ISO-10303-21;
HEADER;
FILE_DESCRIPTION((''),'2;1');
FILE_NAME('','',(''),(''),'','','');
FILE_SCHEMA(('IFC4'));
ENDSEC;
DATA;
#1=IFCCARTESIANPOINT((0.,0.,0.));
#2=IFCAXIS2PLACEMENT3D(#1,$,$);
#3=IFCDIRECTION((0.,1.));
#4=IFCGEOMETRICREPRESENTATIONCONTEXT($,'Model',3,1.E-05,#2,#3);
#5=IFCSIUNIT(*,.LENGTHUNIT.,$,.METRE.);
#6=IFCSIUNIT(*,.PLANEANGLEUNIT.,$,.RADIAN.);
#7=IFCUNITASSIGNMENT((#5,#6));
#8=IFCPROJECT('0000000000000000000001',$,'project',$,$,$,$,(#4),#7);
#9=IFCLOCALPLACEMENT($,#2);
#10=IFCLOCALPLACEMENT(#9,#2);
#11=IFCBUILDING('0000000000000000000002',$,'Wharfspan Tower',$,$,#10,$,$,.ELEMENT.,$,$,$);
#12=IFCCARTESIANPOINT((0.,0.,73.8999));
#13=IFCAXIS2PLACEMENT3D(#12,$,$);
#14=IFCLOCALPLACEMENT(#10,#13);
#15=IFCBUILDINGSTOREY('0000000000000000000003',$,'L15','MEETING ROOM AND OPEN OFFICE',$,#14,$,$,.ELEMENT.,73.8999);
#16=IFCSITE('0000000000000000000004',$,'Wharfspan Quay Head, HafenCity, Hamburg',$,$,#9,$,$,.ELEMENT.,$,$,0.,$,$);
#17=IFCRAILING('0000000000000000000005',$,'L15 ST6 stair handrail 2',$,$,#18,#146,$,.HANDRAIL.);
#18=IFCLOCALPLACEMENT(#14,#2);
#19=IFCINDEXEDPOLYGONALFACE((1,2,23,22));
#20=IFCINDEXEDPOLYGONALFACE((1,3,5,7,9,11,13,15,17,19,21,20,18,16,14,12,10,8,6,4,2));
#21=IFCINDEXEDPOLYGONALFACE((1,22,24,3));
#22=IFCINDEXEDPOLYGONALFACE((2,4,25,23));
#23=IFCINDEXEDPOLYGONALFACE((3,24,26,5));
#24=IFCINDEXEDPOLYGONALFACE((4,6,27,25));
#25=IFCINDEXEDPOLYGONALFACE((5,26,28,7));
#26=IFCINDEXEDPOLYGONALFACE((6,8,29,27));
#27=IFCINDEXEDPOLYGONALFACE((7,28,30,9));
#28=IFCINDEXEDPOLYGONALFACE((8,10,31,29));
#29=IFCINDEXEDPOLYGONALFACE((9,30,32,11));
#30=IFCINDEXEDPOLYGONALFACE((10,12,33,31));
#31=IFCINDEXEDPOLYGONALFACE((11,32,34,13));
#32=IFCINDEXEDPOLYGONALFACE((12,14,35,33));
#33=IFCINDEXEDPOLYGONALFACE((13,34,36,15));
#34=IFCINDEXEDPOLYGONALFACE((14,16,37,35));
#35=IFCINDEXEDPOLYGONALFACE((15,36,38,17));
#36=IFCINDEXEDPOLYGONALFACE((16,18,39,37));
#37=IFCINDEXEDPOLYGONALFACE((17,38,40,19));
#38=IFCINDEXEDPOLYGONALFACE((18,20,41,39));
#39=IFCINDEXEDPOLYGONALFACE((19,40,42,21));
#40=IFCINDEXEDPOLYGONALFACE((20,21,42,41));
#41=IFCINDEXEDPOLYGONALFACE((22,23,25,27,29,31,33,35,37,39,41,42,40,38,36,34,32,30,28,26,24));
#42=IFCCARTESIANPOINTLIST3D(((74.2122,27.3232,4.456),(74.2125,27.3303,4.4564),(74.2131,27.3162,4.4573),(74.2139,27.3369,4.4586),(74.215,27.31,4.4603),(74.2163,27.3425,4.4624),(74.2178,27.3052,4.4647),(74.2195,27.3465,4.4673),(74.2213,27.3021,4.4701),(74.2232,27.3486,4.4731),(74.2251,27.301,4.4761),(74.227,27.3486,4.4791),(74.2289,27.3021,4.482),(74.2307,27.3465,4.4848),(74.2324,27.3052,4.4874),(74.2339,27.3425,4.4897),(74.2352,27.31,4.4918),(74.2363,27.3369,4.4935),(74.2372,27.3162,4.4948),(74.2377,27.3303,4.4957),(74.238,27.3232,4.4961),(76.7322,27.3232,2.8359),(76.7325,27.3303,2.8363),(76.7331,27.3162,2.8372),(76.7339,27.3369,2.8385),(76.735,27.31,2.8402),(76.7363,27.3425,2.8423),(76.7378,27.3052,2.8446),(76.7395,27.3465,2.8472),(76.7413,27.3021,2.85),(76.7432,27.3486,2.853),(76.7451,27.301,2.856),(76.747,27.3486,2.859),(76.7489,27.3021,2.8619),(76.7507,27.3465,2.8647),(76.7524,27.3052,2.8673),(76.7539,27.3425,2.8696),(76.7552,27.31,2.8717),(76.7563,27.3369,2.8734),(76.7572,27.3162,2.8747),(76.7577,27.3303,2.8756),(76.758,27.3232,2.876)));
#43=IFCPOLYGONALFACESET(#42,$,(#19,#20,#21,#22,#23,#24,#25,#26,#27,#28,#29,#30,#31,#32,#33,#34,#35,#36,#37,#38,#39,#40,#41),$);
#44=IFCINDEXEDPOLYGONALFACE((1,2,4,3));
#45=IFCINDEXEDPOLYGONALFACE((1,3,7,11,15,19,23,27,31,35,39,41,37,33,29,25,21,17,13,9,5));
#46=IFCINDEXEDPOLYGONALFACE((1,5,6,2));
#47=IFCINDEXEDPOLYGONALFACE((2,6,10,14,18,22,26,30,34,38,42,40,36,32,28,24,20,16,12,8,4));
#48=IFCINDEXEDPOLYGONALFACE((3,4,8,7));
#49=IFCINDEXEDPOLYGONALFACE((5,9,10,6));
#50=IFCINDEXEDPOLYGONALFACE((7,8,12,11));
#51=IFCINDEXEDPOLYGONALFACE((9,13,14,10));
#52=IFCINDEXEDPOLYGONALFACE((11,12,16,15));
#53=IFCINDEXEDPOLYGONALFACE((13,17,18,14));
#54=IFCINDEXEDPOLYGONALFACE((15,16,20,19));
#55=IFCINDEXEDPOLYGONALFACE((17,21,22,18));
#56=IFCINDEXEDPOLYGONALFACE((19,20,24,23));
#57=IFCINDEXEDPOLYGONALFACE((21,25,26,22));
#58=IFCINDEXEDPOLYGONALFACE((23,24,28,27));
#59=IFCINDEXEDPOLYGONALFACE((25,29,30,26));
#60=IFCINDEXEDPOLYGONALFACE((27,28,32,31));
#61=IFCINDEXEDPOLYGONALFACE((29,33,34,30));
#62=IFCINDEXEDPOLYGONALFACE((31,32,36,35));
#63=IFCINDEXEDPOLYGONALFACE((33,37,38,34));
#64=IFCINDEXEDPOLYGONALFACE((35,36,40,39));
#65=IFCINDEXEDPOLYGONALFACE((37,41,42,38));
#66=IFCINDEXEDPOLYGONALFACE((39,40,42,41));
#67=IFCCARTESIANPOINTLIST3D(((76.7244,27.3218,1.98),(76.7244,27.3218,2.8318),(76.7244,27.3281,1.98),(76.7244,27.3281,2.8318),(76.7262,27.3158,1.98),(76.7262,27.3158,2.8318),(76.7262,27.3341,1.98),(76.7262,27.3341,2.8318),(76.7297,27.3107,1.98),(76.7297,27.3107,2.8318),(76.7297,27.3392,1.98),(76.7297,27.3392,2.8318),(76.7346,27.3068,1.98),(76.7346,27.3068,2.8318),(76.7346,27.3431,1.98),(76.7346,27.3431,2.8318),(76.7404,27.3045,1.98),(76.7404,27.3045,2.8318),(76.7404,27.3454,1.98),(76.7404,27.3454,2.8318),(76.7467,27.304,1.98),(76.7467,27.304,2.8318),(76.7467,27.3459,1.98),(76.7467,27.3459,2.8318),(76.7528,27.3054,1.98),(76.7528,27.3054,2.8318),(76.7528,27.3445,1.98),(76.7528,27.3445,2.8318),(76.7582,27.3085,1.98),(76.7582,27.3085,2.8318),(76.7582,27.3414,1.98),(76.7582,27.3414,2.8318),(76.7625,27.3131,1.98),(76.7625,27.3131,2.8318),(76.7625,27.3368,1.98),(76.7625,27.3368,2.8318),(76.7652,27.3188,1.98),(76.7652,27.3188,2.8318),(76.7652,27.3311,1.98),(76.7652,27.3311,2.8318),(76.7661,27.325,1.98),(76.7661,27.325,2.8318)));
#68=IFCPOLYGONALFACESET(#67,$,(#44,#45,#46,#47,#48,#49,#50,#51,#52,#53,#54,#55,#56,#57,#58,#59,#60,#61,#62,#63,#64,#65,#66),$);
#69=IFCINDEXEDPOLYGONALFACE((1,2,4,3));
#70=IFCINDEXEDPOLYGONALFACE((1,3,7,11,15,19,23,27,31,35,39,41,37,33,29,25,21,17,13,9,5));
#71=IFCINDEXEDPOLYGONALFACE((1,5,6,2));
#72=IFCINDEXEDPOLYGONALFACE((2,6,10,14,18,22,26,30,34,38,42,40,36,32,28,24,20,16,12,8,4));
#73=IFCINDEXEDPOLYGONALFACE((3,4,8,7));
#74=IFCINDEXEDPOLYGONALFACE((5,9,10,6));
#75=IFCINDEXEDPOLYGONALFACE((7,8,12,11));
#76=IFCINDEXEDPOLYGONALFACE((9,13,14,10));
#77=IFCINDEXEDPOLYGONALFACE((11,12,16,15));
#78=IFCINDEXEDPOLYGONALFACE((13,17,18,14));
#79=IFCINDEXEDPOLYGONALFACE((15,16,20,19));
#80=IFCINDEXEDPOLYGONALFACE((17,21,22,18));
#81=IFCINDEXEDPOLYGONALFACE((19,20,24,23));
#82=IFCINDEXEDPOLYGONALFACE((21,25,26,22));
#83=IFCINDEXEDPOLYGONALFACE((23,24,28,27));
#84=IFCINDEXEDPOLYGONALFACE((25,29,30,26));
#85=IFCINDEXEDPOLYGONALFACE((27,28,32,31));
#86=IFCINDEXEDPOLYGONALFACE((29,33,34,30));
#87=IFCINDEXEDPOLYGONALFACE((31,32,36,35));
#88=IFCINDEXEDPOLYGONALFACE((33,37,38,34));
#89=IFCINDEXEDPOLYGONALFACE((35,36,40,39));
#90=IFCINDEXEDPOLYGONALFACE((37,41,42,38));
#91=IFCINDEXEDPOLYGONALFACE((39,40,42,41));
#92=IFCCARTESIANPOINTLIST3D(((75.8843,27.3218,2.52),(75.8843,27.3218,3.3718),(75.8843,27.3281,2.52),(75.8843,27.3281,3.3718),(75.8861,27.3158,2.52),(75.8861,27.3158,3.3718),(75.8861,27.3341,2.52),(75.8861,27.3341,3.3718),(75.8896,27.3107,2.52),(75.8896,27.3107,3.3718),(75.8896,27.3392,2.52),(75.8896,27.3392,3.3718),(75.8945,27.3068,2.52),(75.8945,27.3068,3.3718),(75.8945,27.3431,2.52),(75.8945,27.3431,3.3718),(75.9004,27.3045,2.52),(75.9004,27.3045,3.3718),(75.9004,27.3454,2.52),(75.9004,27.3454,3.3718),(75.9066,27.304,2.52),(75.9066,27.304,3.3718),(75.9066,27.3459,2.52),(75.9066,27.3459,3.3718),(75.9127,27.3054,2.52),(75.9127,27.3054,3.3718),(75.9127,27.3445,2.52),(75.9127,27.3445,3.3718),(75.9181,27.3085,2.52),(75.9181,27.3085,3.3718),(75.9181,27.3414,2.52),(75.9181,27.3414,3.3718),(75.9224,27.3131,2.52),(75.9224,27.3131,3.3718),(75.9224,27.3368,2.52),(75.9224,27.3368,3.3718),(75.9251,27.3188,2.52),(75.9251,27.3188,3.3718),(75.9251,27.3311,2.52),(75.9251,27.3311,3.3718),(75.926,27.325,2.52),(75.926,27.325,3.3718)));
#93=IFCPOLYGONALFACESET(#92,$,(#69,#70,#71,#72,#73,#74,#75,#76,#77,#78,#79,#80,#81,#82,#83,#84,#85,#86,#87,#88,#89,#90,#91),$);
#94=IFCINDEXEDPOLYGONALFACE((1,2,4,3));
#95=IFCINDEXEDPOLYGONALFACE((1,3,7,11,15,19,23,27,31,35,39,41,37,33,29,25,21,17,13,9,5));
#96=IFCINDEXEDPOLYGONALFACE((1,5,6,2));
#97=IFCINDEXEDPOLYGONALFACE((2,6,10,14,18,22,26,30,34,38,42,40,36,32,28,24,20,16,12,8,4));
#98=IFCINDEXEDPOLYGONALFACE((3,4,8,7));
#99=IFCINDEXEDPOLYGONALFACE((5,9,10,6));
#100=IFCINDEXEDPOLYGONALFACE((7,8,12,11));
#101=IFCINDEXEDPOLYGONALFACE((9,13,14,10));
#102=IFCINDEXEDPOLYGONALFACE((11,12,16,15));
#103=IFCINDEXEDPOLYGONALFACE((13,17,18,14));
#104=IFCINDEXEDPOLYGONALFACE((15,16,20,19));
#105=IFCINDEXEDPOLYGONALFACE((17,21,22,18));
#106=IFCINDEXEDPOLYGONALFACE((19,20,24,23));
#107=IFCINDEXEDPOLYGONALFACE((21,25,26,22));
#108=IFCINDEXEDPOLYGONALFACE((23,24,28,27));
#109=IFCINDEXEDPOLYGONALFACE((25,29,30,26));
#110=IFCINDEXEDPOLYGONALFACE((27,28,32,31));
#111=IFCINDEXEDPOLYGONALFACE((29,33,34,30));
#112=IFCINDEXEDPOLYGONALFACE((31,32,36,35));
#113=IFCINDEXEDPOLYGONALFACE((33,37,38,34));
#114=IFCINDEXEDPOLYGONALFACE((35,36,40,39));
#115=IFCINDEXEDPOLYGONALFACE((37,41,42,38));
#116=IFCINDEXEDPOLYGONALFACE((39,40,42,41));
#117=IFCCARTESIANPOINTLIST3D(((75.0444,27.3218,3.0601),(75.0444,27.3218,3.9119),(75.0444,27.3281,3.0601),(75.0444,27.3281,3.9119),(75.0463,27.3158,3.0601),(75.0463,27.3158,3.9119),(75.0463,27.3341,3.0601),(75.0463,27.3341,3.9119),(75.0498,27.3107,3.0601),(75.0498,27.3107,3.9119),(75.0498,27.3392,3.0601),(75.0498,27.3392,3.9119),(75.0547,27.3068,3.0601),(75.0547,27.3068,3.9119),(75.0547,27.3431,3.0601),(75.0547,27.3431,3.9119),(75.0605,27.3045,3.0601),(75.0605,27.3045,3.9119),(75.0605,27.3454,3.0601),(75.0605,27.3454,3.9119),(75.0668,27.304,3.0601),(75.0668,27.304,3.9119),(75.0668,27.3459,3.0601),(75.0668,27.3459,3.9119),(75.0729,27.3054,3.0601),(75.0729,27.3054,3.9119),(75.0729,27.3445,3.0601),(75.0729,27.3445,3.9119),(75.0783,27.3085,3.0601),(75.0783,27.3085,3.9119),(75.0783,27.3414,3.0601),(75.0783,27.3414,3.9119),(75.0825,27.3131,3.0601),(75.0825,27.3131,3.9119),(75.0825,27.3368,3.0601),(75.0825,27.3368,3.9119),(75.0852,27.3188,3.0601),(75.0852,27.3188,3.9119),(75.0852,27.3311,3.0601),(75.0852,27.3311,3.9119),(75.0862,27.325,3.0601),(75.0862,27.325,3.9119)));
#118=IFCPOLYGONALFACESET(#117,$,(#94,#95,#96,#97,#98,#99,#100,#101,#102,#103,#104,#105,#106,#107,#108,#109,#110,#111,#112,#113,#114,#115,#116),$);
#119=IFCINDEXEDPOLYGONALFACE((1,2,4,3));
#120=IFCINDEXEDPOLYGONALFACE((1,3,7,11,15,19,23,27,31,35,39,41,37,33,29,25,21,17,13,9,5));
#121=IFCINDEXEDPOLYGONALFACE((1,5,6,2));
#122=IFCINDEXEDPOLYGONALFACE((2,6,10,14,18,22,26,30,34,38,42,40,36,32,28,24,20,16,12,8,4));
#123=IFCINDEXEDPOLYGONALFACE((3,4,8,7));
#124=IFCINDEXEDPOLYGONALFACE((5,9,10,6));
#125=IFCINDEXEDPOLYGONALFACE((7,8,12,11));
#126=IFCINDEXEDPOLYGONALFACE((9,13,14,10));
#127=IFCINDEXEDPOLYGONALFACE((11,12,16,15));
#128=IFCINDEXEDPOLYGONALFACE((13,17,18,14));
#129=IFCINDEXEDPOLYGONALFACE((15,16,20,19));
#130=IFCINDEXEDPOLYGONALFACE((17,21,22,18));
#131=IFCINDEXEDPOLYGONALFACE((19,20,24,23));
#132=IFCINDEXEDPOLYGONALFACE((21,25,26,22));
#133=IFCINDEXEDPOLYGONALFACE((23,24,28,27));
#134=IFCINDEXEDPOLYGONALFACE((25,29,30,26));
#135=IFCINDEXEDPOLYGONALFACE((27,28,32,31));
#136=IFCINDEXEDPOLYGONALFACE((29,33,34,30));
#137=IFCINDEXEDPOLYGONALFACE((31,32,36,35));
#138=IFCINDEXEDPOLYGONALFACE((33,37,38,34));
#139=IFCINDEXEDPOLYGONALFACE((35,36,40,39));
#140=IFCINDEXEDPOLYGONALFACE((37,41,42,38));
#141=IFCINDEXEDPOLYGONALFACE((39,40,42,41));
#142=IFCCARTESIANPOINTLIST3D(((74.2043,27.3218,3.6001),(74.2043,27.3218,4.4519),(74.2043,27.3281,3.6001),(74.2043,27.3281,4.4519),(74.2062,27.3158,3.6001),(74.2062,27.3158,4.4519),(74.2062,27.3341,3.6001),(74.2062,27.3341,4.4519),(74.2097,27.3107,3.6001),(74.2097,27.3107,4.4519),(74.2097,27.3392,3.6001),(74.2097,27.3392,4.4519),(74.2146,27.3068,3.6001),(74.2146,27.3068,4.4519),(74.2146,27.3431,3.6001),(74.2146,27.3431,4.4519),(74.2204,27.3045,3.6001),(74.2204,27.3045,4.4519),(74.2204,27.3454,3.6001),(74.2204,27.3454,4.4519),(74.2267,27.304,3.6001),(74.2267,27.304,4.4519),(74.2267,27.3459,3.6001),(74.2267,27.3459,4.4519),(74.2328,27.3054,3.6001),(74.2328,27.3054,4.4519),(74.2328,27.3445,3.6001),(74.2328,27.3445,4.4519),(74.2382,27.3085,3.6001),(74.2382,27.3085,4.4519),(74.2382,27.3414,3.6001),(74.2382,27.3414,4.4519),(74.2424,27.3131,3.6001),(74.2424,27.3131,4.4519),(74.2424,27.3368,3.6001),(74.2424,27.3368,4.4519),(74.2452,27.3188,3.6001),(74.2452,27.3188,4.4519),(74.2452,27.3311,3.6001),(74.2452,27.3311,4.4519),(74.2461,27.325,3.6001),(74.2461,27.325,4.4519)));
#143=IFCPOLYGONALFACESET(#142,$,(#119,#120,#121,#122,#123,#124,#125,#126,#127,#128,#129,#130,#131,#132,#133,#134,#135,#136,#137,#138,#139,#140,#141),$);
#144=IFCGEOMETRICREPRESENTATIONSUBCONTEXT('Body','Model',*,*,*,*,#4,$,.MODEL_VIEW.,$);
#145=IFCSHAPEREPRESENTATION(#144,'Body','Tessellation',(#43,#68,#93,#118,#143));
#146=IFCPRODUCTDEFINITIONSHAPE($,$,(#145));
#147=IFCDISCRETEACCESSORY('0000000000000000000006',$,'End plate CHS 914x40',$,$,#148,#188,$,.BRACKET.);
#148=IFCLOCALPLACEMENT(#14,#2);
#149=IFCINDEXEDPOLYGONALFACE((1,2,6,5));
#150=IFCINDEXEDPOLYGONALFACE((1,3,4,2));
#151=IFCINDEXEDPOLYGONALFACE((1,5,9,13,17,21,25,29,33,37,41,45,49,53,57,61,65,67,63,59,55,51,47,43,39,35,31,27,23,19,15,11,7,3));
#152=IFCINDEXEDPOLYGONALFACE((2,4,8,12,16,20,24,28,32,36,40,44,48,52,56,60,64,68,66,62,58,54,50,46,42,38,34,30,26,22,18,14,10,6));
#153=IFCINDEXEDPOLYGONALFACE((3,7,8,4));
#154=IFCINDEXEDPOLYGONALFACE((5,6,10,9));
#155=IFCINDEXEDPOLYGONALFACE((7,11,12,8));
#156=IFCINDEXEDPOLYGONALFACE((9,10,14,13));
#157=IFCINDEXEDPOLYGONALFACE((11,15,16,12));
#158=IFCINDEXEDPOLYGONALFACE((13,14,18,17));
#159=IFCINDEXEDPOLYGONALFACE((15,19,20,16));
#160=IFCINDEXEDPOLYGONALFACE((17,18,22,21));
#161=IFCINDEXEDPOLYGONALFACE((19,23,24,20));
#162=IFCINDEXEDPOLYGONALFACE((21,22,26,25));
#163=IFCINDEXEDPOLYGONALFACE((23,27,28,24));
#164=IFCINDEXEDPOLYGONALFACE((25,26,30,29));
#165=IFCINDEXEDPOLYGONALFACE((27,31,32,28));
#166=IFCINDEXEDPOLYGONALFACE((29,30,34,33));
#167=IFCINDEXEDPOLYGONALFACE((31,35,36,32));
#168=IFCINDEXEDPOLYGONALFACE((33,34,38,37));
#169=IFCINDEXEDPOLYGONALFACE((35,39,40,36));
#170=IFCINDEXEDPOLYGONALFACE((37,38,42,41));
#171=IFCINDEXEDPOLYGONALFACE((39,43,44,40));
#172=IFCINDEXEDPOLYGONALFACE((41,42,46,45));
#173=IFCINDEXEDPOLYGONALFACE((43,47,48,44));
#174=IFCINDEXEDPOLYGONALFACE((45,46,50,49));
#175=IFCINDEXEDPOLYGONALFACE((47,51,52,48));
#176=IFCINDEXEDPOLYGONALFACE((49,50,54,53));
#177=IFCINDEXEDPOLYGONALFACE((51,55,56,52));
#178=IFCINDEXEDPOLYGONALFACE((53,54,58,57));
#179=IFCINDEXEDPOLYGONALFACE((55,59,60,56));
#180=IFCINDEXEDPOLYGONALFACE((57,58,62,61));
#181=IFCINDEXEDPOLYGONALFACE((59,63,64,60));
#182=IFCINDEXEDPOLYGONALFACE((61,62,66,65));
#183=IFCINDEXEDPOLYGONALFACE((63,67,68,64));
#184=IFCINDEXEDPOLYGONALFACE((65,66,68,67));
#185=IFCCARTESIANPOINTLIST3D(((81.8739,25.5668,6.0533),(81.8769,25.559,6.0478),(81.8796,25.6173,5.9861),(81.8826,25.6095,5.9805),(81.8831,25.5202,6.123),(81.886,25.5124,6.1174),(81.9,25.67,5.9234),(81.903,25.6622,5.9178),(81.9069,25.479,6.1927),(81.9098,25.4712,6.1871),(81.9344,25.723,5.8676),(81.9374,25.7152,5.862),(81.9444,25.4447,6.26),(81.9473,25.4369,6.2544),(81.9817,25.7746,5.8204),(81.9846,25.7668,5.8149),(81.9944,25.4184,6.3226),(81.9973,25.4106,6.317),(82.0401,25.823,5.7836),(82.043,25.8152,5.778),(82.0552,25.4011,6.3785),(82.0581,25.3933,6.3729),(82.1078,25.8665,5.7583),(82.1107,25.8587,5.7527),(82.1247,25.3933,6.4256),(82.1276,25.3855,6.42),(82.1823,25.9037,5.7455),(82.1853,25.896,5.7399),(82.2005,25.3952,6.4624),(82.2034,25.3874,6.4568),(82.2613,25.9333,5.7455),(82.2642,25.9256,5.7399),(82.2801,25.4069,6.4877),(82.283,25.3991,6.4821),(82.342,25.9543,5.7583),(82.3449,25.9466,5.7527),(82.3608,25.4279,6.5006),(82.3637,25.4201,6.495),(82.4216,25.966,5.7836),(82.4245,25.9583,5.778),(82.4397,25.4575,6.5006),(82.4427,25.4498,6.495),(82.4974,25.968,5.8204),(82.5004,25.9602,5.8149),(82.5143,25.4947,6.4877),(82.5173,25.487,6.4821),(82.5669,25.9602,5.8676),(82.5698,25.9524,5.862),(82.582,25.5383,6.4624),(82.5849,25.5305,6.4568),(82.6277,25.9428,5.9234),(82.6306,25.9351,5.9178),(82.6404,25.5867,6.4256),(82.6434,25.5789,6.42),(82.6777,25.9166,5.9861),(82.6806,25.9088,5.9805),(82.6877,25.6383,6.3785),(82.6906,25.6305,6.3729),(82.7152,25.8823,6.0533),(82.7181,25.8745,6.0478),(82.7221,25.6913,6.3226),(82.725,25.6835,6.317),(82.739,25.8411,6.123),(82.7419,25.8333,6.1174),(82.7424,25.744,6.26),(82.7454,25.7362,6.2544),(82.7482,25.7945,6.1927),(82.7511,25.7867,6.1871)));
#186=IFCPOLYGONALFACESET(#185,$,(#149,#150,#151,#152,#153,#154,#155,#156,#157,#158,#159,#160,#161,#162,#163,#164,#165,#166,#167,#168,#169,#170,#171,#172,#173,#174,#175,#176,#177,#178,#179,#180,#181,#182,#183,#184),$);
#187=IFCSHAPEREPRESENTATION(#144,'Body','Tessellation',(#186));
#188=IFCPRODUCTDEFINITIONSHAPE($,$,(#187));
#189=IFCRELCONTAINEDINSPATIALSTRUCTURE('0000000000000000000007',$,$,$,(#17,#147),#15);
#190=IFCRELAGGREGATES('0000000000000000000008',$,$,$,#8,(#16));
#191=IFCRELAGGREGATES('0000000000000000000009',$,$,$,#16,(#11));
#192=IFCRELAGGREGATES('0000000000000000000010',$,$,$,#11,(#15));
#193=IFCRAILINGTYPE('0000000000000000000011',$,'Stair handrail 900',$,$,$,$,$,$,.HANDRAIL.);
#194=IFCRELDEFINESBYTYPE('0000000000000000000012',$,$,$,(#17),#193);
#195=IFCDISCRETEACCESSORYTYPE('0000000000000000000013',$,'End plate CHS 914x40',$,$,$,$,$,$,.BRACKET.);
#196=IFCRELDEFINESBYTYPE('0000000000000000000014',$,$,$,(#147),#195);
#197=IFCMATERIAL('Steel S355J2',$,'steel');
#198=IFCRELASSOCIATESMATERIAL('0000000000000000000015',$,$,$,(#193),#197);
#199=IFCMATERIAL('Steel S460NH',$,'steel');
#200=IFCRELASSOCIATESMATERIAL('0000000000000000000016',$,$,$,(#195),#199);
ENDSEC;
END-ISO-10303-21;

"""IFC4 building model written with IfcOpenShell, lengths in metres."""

from ifc_helpers import new_model, si_unit, direction, frame, origin, origin_2d, place, context, subcontext, project, spatial, circle, extrude, material, material_profile, profile_set, type_object, element, save


model = new_model("IFC4")

# Units and contexts
model_context = context("Model", 3, precision=1e-05, world=origin(), true_north=direction((0.0, 1.0)))
body_context = subcontext(model_context, "Body", "Model", "MODEL_VIEW")
ifc_project = project(units=[si_unit("LENGTHUNIT", "METRE"), si_unit("PLANEANGLEUNIT", "RADIAN")], contexts=[model_context])

# Site, building, storey
site_placement = place(None, origin())
site = spatial("IfcSite", under=ifc_project, at=site_placement, Name="Wharfspan Quay Head, HafenCity, Hamburg", CompositionType="ELEMENT", RefElevation=0.0)
building_placement = place(site_placement, origin())
building = spatial("IfcBuilding", under=site, at=building_placement, Name="Wharfspan Tower", CompositionType="ELEMENT")
storey_placement = place(building_placement, frame((0.0, 0.0, 73.8999)))
storey = spatial("IfcBuildingStorey", under=building, at=storey_placement, Name="L15", Description="MEETING ROOM AND OPEN OFFICE", CompositionType="ELEMENT", Elevation=73.8999)

# Shared definitions
ifc_material_1 = material(Name="Steel S355J2", Category="steel")

# Shared definitions
ifc_material_2 = material(Name="Steel S460NH", Category="steel")

# Railing
railing_type = type_object("IfcRailingType", Name="Stair handrail 900", PredefinedType="HANDRAIL", material=ifc_material_1)
railing_placement = place(storey_placement, frame((76.7451, 27.325, 1.98)))
element("IfcRailing", 1, at=railing_placement, inside=storey, type_object=railing_type, Name="L15 ST6 stair handrail 2", PredefinedType="HANDRAIL", context=body_context, shape_type="SweptSolid", body=[
    extrude(circle(Radius=0.0239, at=origin_2d()), frame((0.0, 0.0, 0.876), z_axis=(-0.841163, 0.0, 0.540782), x_axis=(0.0, -1.0, 0.0)), (0.0, 0.0, 1.0), 2.9958),
    extrude(circle(Radius=0.021, at=origin_2d()), origin(), (0.0, 0.0, 1.0), 0.8518),
    extrude(circle(Radius=0.021, at=origin_2d()), frame((-0.8401, 0.0, 0.54)), (0.0, 0.0, 1.0), 0.8518),
    extrude(circle(Radius=0.021, at=origin_2d()), frame((-1.6799, 0.0, 1.0801)), (0.0, 0.0, 1.0), 0.8518),
    extrude(circle(Radius=0.021, at=origin_2d()), frame((-2.52, 0.0, 1.6201)), (0.0, 0.0, 1.0), 0.8518),
])

# Discrete accessory
ifc_material_profile_1 = material_profile(ifc_material_2, circle(Radius=0.457, at=origin_2d()))
ifc_profile_set_1 = profile_set([ifc_material_profile_1], Name="Steel S460NH")
discrete_accessory_type = type_object("IfcDiscreteAccessoryType", Name="End plate CHS 914x40", PredefinedType="BRACKET", material=ifc_profile_set_1)
for number, where, z_axis, x_axis, name in (
    (2, (82.314, 25.6729, 6.1174), (-0.2913, 0.7768, 0.558325), (-0.936328, -0.351123, 0.0), "End plate CHS 914x40"),
):
    element("IfcDiscreteAccessory", number, at=place(storey_placement, frame(where, z_axis=z_axis, x_axis=x_axis)), inside=storey, type_object=discrete_accessory_type, Name=name, PredefinedType="BRACKET", context=body_context, shape_type="SweptSolid", body=[
        extrude(circle(Radius=0.457, at=origin_2d()), origin(), (0.0, 0.0, 1.0), 0.01),
    ])

save(model, "model.ifc")
